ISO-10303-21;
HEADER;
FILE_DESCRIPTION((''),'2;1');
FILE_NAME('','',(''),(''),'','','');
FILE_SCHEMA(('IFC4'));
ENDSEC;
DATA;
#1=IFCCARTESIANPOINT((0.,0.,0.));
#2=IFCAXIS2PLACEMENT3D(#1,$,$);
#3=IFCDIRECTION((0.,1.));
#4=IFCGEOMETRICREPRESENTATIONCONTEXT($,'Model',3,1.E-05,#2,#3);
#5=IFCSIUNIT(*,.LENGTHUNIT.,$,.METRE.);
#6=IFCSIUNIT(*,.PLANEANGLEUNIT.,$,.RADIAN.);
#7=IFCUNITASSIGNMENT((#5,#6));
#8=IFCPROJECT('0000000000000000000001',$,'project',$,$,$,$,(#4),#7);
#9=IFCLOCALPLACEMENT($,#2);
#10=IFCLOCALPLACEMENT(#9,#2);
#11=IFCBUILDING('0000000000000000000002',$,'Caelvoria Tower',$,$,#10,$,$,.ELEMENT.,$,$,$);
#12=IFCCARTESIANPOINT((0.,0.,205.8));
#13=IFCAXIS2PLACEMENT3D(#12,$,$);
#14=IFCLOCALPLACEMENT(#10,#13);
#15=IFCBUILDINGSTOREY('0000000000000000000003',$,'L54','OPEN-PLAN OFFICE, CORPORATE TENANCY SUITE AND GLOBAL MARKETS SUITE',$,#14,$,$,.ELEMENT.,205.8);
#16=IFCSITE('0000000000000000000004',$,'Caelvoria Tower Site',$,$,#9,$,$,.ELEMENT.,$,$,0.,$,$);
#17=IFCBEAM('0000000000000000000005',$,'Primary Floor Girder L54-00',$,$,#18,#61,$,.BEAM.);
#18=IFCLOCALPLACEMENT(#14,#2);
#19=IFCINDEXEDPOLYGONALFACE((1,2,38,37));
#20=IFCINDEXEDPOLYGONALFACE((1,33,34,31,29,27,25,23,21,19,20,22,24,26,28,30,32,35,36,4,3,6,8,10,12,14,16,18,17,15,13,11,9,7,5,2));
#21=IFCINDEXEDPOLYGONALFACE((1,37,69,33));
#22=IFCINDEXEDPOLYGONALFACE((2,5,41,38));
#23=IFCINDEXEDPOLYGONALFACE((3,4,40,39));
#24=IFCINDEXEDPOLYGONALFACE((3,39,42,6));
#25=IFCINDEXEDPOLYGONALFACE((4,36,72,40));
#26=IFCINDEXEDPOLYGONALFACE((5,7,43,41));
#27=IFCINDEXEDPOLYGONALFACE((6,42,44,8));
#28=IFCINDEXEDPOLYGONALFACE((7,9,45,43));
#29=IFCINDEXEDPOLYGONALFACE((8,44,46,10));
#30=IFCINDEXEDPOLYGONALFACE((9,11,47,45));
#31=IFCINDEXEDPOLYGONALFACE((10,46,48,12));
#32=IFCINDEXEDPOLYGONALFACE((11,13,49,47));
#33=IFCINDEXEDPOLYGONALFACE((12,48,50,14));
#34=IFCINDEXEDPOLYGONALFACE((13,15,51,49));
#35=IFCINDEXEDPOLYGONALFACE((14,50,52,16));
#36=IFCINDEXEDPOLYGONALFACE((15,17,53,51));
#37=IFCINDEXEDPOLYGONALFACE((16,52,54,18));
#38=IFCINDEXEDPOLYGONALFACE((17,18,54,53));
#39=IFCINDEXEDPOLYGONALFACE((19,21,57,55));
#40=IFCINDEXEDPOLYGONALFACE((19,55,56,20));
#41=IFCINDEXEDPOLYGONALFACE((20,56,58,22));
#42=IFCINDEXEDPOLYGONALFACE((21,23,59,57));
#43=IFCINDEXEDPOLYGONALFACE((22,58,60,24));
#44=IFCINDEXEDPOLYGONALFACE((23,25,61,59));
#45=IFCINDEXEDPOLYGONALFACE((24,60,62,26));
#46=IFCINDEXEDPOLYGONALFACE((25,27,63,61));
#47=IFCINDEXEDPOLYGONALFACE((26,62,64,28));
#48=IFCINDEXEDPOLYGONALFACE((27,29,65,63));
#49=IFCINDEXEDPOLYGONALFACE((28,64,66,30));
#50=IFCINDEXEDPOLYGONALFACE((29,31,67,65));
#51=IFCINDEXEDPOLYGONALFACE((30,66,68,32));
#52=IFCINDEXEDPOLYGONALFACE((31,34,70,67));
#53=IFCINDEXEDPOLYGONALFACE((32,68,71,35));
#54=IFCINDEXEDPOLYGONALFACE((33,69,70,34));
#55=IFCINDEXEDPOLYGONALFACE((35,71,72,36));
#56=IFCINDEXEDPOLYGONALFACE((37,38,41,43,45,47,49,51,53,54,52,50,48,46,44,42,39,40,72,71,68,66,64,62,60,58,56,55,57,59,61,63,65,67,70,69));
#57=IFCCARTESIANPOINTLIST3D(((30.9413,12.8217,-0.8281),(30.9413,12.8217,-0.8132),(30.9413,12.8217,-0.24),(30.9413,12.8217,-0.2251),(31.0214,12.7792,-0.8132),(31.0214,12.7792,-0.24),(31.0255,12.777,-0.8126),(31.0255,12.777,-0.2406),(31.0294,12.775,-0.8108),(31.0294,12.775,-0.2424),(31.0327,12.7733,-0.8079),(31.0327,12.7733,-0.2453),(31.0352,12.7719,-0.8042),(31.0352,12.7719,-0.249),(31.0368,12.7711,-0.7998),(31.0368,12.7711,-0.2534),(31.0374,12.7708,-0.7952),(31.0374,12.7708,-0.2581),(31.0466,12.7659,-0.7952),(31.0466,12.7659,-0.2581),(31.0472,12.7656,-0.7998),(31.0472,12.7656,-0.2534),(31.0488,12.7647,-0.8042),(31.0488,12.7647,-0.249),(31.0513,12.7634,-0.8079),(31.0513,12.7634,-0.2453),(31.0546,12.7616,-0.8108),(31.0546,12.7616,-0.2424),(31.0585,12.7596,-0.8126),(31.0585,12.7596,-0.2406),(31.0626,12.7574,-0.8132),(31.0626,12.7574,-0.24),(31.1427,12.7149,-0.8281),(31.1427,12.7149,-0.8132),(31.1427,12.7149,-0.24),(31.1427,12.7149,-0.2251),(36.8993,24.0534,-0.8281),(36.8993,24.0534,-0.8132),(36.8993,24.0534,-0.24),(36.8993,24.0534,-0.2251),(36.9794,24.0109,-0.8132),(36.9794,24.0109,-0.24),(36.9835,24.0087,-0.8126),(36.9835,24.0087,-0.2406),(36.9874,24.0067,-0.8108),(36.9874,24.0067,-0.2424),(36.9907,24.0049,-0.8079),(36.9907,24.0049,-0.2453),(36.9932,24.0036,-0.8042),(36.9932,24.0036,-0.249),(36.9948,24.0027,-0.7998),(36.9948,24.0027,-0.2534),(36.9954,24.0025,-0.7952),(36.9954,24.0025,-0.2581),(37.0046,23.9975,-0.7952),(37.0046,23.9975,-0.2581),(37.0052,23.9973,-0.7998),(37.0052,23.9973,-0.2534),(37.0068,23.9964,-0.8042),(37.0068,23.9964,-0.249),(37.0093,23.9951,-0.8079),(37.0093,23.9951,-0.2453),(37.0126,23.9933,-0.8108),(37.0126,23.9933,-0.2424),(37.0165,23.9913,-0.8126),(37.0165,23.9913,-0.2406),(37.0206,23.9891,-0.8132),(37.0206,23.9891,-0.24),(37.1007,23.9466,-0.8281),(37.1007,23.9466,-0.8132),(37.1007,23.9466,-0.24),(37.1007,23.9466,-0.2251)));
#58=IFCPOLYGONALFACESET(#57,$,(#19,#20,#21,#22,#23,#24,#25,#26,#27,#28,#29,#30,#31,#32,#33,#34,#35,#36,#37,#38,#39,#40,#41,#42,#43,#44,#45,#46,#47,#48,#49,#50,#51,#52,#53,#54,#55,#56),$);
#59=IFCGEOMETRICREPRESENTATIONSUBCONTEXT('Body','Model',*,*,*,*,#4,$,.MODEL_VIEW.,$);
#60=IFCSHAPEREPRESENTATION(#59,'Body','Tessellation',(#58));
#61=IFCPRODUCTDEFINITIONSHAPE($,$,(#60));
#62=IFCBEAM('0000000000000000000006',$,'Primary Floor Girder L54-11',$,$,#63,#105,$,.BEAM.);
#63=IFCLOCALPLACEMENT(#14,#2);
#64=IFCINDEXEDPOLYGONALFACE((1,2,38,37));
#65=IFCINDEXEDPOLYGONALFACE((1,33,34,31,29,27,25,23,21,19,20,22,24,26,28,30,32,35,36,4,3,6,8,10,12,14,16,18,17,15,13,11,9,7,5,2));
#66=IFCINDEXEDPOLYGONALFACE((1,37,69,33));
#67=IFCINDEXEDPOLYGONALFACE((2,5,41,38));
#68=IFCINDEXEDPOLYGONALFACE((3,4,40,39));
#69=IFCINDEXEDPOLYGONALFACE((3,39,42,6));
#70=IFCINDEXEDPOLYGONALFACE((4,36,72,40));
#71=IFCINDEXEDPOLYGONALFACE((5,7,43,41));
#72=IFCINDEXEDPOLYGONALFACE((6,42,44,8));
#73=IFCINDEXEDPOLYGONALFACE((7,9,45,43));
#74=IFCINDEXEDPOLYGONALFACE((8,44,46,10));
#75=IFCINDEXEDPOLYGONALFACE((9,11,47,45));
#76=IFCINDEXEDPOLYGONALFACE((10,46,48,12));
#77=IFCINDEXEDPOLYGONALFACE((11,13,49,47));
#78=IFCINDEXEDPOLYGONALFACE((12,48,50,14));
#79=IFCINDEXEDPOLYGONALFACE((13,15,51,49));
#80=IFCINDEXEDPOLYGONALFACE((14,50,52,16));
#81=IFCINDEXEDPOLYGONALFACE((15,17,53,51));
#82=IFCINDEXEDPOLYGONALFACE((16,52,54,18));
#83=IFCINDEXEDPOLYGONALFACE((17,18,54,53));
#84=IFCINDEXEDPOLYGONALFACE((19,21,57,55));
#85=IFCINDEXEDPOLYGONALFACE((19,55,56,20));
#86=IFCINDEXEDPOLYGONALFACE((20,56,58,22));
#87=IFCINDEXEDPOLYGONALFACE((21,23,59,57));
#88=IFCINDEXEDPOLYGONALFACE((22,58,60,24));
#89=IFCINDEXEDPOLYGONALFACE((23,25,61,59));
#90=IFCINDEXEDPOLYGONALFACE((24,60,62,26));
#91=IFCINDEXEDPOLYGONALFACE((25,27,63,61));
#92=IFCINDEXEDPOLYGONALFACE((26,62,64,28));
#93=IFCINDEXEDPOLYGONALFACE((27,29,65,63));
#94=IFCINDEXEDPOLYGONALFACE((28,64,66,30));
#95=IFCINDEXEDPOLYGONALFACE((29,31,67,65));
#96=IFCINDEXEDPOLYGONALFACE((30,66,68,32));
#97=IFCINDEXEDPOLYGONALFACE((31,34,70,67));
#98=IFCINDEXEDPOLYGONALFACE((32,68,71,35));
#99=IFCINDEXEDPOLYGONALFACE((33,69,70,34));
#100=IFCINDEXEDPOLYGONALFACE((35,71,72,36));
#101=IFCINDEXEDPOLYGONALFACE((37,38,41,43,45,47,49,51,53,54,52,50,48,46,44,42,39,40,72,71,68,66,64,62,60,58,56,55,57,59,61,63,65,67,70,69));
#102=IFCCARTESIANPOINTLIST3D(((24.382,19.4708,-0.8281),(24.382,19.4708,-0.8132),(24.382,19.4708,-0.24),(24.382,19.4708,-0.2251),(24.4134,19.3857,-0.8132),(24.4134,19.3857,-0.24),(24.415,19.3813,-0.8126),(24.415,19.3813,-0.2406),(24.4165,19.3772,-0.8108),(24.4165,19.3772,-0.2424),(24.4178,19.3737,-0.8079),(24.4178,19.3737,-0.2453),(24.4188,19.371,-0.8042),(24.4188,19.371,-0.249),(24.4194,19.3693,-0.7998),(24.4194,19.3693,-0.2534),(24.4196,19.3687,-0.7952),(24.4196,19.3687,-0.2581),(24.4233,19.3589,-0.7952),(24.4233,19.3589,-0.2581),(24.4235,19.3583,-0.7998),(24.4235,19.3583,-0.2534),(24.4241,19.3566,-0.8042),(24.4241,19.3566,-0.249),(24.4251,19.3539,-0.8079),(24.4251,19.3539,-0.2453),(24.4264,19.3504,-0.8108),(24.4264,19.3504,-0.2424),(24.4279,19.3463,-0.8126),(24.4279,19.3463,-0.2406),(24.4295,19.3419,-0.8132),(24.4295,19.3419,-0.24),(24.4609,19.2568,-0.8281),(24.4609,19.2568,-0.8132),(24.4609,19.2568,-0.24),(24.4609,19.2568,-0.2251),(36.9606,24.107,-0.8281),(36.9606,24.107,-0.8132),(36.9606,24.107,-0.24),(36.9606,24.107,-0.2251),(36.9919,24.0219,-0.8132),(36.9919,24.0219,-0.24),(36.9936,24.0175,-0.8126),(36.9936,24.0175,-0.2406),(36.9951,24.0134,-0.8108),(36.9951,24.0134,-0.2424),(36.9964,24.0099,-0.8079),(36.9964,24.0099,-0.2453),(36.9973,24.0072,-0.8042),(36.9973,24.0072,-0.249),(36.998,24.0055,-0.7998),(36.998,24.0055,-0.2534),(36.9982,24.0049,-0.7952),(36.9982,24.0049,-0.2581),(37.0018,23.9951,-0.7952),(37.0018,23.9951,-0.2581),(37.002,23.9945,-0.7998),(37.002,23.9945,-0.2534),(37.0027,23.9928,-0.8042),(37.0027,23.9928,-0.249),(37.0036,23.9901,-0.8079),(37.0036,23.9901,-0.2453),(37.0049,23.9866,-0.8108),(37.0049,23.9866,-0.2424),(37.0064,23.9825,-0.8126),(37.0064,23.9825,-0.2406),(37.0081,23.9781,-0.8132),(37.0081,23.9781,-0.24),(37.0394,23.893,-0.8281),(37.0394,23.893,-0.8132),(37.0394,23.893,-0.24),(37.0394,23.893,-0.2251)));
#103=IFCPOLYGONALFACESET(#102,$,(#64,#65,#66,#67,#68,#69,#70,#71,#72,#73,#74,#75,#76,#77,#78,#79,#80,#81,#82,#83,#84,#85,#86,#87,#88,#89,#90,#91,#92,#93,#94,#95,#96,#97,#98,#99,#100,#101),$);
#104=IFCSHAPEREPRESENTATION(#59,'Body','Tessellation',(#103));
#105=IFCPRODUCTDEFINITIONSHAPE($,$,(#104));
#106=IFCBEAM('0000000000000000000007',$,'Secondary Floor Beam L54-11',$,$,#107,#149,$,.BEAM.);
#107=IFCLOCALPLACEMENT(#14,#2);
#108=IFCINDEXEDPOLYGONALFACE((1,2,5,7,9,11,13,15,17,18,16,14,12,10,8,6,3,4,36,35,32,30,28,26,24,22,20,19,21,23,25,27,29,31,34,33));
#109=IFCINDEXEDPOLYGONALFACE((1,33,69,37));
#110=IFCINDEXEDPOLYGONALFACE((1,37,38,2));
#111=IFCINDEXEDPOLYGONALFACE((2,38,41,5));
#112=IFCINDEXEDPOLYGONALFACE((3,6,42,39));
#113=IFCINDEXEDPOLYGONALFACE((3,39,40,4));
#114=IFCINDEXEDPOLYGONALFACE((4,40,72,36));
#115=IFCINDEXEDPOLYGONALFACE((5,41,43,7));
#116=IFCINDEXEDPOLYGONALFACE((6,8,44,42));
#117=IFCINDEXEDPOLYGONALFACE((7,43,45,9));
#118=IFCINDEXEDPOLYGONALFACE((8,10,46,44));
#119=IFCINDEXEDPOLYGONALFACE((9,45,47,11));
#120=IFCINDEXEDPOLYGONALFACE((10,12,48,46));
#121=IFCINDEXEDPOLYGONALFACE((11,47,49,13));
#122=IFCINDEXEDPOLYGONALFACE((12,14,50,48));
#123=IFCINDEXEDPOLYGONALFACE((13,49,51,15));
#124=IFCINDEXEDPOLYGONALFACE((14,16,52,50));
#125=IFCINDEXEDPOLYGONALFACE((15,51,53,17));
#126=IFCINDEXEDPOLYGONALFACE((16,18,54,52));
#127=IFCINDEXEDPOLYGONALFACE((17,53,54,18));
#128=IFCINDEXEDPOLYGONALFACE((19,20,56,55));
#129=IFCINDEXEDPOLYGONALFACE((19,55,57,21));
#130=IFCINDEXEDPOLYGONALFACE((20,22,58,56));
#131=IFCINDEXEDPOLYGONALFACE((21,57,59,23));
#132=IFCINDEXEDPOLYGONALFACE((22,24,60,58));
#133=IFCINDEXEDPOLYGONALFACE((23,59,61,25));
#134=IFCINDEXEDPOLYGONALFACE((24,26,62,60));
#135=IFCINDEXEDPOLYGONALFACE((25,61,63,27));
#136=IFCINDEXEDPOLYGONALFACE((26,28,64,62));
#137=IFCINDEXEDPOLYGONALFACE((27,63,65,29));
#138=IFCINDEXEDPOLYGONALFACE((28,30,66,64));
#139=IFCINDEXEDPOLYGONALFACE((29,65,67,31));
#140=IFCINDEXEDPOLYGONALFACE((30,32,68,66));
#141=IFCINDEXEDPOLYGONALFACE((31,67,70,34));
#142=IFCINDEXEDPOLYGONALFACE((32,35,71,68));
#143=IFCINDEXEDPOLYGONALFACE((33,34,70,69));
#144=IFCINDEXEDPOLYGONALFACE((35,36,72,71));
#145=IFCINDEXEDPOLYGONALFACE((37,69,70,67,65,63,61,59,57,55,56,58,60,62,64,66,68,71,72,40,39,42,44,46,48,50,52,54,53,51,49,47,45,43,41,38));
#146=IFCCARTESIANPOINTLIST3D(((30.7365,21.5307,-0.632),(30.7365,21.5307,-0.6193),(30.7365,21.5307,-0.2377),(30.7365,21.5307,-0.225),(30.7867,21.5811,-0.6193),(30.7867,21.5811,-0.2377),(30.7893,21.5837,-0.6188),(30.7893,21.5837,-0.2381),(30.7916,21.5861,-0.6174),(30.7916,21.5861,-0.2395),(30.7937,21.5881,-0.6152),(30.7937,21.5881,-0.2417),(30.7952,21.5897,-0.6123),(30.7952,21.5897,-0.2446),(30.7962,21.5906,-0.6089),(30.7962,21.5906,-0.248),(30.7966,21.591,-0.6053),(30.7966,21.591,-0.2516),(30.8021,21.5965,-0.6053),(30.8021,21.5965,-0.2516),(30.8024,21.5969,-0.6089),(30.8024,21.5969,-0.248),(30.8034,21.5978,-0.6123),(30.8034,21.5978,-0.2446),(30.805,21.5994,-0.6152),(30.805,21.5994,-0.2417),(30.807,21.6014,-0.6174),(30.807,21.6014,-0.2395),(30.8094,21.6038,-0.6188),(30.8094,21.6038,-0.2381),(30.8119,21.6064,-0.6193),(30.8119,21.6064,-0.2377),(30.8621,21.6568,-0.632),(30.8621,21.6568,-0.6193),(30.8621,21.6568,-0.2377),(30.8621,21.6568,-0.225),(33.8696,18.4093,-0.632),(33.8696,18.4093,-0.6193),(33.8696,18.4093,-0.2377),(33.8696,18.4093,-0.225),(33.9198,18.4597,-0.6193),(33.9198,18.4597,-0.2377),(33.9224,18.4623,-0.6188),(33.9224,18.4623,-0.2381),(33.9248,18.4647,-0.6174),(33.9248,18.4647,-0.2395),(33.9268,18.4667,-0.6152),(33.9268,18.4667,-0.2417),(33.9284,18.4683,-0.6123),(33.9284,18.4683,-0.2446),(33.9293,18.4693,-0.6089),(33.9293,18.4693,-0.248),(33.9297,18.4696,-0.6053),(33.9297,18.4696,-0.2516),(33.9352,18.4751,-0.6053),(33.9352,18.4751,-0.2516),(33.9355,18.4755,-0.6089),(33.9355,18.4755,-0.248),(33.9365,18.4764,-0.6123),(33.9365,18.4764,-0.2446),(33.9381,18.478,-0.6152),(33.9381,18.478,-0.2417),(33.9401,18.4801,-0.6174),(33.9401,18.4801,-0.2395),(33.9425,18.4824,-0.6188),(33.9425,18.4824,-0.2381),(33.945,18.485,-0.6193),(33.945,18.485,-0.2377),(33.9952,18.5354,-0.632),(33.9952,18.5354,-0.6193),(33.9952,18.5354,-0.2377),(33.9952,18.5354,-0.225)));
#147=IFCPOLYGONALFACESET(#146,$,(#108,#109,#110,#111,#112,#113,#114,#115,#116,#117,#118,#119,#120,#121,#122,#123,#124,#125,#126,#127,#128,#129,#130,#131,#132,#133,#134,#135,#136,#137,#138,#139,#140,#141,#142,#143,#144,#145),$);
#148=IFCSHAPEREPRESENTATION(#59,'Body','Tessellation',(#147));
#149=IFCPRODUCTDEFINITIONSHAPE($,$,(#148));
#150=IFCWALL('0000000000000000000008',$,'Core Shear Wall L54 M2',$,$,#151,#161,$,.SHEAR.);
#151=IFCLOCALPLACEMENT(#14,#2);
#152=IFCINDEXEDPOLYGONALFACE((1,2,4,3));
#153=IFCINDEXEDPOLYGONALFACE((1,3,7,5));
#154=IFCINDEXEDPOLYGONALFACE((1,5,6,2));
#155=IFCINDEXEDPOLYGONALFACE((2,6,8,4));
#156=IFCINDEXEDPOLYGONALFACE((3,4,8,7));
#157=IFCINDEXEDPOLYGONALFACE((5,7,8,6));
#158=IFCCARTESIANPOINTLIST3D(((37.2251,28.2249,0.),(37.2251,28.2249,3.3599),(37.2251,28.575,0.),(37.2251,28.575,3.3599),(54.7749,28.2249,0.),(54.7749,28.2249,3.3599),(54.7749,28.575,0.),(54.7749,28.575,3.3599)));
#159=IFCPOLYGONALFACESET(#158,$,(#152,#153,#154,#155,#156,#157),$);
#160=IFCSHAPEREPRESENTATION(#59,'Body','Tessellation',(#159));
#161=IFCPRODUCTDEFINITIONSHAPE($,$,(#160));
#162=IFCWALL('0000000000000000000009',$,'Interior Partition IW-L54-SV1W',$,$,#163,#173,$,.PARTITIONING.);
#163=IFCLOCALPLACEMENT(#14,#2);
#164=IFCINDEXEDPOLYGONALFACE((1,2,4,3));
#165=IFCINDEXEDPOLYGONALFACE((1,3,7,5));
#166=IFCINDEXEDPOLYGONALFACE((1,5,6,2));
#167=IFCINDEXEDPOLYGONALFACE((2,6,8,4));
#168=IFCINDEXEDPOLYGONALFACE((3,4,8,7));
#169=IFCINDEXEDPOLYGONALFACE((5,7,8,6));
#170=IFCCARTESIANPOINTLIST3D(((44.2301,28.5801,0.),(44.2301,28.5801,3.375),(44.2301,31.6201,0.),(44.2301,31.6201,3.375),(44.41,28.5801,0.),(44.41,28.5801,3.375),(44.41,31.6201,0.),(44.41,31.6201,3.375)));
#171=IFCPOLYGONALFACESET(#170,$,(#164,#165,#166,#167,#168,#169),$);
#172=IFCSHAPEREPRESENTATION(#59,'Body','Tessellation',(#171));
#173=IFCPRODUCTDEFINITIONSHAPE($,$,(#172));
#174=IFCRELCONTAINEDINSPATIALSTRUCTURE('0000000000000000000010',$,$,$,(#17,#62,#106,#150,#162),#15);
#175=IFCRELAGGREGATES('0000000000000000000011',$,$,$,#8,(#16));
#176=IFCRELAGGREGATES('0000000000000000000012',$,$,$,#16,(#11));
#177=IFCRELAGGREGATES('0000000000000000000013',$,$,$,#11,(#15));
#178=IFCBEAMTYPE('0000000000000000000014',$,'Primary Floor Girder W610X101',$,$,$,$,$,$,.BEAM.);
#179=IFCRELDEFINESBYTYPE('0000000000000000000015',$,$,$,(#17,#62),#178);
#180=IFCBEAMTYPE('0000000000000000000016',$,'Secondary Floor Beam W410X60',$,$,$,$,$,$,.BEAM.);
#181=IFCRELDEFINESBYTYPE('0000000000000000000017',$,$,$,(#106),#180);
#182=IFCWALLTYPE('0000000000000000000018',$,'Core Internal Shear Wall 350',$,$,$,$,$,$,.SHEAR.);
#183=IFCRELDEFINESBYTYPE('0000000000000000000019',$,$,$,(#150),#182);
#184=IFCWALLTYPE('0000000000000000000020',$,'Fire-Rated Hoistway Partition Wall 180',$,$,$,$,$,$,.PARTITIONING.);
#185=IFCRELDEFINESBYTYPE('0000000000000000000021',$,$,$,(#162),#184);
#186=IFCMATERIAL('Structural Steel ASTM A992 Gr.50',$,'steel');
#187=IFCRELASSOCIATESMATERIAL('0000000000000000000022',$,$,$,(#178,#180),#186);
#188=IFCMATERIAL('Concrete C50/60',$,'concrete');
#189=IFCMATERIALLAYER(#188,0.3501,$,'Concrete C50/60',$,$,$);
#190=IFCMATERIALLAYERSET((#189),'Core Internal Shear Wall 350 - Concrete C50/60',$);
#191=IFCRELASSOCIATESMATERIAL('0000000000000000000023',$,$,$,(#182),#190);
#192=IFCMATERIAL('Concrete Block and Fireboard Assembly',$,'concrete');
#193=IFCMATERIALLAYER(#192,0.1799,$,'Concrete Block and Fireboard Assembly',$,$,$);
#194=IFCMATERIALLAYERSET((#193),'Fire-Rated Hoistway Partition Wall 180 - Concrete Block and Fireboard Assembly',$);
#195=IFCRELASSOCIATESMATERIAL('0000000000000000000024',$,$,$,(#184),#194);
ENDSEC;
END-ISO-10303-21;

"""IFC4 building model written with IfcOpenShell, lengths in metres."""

from ifc_helpers import new_model, si_unit, direction, frame, frame_2d, origin, origin_2d, place, context, subcontext, project, spatial, rectangle, i_section, extrude, material, layer, layer_set, material_profile, profile_set, type_object, element, save


model = new_model("IFC4")

# Units and contexts
model_context = context("Model", 3, precision=1e-05, world=origin(), true_north=direction((0.0, 1.0)))
body_context = subcontext(model_context, "Body", "Model", "MODEL_VIEW")
ifc_project = project(units=[si_unit("LENGTHUNIT", "METRE"), si_unit("PLANEANGLEUNIT", "RADIAN")], contexts=[model_context])

# Site, building, storey
site_placement = place(None, origin())
site = spatial("IfcSite", under=ifc_project, at=site_placement, Name="Caelvoria Tower Site", CompositionType="ELEMENT", RefElevation=0.0)
building_placement = place(site_placement, origin())
building = spatial("IfcBuilding", under=site, at=building_placement, Name="Caelvoria Tower", CompositionType="ELEMENT")
storey_placement = place(building_placement, frame((0.0, 0.0, 205.8)))
storey = spatial("IfcBuildingStorey", under=building, at=storey_placement, Name="L54", Description="OPEN-PLAN OFFICE, CORPORATE TENANCY SUITE AND GLOBAL MARKETS SUITE", CompositionType="ELEMENT", Elevation=205.8)

# Beams
ifc_material_1 = material(Name="Structural Steel ASTM A992 Gr.50", Category="steel")
ifc_material_profile_1 = material_profile(ifc_material_1, i_section(OverallWidth=0.228, OverallDepth=0.603, WebThickness=0.0105, FlangeThickness=0.0149, FilletRadius=0.0181, at=origin_2d()), Name="Structural Steel ASTM A992 Gr.50")
ifc_profile_set_1 = profile_set([ifc_material_profile_1], Name="W610X101 - Structural Steel ASTM A992 Gr.50")
beam_type_1 = type_object("IfcBeamType", Name="Primary Floor Girder W610X101", PredefinedType="BEAM", material=ifc_profile_set_1)
beam_1_placement = place(storey_placement, frame((37.0, 24.0, -0.5266), z_axis=(-0.468614, -0.883403, 0.0), x_axis=(0.883403, -0.468614, 0.0)))
element("IfcBeam", 1, at=beam_1_placement, inside=storey, type_object=beam_type_1, Name="Primary Floor Girder L54-00", PredefinedType="BEAM", context=body_context, shape_type="SweptSolid", body=[
    extrude(i_section(OverallWidth=0.228, OverallDepth=0.603, WebThickness=0.0105, FlangeThickness=0.0149, FilletRadius=0.0181, at=origin_2d()), origin(), (0.0, 0.0, 1.0), 12.7141),
])
beam_2_placement = place(storey_placement, frame((37.0, 24.0, -0.5266), z_axis=(-0.938295, -0.345837, 0.0), x_axis=(0.345837, -0.938295, 0.0)))
element("IfcBeam", 2, at=beam_2_placement, inside=storey, type_object=beam_type_1, Name="Primary Floor Girder L54-11", PredefinedType="BEAM", context=body_context, shape_type="SweptSolid", body=[
    extrude(i_section(OverallWidth=0.228, OverallDepth=0.603, WebThickness=0.0105, FlangeThickness=0.0149, FilletRadius=0.0181, at=origin_2d()), origin(), (0.0, 0.0, 1.0), 13.4058),
])
ifc_material_profile_2 = material_profile(ifc_material_1, i_section(OverallWidth=0.178, OverallDepth=0.407, WebThickness=0.0078, FlangeThickness=0.0127, FilletRadius=0.0139, at=origin_2d()), Name="Structural Steel ASTM A992 Gr.50")
ifc_profile_set_2 = profile_set([ifc_material_profile_2], Name="W410X60 - Structural Steel ASTM A992 Gr.50")
beam_type_2 = type_object("IfcBeamType", Name="Secondary Floor Beam W410X60", PredefinedType="BEAM", material=ifc_profile_set_2)
beam_3_placement = place(storey_placement, frame((30.7993, 21.5938, -0.4285), z_axis=(0.70843, -0.705781, 0.0), x_axis=(0.705781, 0.70843, 0.0)))
element("IfcBeam", 3, at=beam_3_placement, inside=storey, type_object=beam_type_2, Name="Secondary Floor Beam L54-11", PredefinedType="BEAM", context=body_context, shape_type="SweptSolid", body=[
    extrude(i_section(OverallWidth=0.178, OverallDepth=0.407, WebThickness=0.0078, FlangeThickness=0.0127, FilletRadius=0.0139, at=origin_2d()), origin(), (0.0, 0.0, 1.0), 4.4226),
])

# Shared definitions
ifc_material_2 = material(Name="Concrete C50/60", Category="concrete")
ifc_layer_1 = layer(ifc_material_2, 0.3501, Name="Concrete C50/60")
ifc_layer_set_1 = layer_set([ifc_layer_1], Name="Core Internal Shear Wall 350 - Concrete C50/60")
wall_type_1 = type_object("IfcWallType", Name="Core Internal Shear Wall 350", PredefinedType="SHEAR", material=ifc_layer_set_1)

# Wall
wall_1_placement = place(storey_placement, frame((37.2251, 28.3999, 0.0), z_axis=(0.0, 0.0, 1.0), x_axis=(1.0, 0.0, 0.0)))
element("IfcWall", 4, at=wall_1_placement, inside=storey, type_object=wall_type_1, Name="Core Shear Wall L54 M2", PredefinedType="SHEAR", context=body_context, shape_type="SweptSolid", body=[
    extrude(rectangle(XDim=17.5498, YDim=0.3501, at=frame_2d((8.7749, 0.0))), origin(), (0.0, 0.0, 1.0), 3.3599),
])

# Wall
ifc_material_3 = material(Name="Concrete Block and Fireboard Assembly", Category="concrete")
ifc_layer_2 = layer(ifc_material_3, 0.1799, Name="Concrete Block and Fireboard Assembly")
ifc_layer_set_2 = layer_set([ifc_layer_2], Name="Fire-Rated Hoistway Partition Wall 180 - Concrete Block and Fireboard Assembly")
wall_type_2 = type_object("IfcWallType", Name="Fire-Rated Hoistway Partition Wall 180", PredefinedType="PARTITIONING", material=ifc_layer_set_2)
wall_2_placement = place(storey_placement, frame((44.3201, 28.5801, 0.0), z_axis=(0.0, 0.0, 1.0), x_axis=(0.0, 1.0, 0.0)))
element("IfcWall", 5, at=wall_2_placement, inside=storey, type_object=wall_type_2, Name="Interior Partition IW-L54-SV1W", PredefinedType="PARTITIONING", context=body_context, shape_type="SweptSolid", body=[
    extrude(rectangle(XDim=3.04, YDim=0.1799, at=frame_2d((1.52, 0.0))), origin(), (0.0, 0.0, 1.0), 3.375),
])

save(model, "model.ifc")
